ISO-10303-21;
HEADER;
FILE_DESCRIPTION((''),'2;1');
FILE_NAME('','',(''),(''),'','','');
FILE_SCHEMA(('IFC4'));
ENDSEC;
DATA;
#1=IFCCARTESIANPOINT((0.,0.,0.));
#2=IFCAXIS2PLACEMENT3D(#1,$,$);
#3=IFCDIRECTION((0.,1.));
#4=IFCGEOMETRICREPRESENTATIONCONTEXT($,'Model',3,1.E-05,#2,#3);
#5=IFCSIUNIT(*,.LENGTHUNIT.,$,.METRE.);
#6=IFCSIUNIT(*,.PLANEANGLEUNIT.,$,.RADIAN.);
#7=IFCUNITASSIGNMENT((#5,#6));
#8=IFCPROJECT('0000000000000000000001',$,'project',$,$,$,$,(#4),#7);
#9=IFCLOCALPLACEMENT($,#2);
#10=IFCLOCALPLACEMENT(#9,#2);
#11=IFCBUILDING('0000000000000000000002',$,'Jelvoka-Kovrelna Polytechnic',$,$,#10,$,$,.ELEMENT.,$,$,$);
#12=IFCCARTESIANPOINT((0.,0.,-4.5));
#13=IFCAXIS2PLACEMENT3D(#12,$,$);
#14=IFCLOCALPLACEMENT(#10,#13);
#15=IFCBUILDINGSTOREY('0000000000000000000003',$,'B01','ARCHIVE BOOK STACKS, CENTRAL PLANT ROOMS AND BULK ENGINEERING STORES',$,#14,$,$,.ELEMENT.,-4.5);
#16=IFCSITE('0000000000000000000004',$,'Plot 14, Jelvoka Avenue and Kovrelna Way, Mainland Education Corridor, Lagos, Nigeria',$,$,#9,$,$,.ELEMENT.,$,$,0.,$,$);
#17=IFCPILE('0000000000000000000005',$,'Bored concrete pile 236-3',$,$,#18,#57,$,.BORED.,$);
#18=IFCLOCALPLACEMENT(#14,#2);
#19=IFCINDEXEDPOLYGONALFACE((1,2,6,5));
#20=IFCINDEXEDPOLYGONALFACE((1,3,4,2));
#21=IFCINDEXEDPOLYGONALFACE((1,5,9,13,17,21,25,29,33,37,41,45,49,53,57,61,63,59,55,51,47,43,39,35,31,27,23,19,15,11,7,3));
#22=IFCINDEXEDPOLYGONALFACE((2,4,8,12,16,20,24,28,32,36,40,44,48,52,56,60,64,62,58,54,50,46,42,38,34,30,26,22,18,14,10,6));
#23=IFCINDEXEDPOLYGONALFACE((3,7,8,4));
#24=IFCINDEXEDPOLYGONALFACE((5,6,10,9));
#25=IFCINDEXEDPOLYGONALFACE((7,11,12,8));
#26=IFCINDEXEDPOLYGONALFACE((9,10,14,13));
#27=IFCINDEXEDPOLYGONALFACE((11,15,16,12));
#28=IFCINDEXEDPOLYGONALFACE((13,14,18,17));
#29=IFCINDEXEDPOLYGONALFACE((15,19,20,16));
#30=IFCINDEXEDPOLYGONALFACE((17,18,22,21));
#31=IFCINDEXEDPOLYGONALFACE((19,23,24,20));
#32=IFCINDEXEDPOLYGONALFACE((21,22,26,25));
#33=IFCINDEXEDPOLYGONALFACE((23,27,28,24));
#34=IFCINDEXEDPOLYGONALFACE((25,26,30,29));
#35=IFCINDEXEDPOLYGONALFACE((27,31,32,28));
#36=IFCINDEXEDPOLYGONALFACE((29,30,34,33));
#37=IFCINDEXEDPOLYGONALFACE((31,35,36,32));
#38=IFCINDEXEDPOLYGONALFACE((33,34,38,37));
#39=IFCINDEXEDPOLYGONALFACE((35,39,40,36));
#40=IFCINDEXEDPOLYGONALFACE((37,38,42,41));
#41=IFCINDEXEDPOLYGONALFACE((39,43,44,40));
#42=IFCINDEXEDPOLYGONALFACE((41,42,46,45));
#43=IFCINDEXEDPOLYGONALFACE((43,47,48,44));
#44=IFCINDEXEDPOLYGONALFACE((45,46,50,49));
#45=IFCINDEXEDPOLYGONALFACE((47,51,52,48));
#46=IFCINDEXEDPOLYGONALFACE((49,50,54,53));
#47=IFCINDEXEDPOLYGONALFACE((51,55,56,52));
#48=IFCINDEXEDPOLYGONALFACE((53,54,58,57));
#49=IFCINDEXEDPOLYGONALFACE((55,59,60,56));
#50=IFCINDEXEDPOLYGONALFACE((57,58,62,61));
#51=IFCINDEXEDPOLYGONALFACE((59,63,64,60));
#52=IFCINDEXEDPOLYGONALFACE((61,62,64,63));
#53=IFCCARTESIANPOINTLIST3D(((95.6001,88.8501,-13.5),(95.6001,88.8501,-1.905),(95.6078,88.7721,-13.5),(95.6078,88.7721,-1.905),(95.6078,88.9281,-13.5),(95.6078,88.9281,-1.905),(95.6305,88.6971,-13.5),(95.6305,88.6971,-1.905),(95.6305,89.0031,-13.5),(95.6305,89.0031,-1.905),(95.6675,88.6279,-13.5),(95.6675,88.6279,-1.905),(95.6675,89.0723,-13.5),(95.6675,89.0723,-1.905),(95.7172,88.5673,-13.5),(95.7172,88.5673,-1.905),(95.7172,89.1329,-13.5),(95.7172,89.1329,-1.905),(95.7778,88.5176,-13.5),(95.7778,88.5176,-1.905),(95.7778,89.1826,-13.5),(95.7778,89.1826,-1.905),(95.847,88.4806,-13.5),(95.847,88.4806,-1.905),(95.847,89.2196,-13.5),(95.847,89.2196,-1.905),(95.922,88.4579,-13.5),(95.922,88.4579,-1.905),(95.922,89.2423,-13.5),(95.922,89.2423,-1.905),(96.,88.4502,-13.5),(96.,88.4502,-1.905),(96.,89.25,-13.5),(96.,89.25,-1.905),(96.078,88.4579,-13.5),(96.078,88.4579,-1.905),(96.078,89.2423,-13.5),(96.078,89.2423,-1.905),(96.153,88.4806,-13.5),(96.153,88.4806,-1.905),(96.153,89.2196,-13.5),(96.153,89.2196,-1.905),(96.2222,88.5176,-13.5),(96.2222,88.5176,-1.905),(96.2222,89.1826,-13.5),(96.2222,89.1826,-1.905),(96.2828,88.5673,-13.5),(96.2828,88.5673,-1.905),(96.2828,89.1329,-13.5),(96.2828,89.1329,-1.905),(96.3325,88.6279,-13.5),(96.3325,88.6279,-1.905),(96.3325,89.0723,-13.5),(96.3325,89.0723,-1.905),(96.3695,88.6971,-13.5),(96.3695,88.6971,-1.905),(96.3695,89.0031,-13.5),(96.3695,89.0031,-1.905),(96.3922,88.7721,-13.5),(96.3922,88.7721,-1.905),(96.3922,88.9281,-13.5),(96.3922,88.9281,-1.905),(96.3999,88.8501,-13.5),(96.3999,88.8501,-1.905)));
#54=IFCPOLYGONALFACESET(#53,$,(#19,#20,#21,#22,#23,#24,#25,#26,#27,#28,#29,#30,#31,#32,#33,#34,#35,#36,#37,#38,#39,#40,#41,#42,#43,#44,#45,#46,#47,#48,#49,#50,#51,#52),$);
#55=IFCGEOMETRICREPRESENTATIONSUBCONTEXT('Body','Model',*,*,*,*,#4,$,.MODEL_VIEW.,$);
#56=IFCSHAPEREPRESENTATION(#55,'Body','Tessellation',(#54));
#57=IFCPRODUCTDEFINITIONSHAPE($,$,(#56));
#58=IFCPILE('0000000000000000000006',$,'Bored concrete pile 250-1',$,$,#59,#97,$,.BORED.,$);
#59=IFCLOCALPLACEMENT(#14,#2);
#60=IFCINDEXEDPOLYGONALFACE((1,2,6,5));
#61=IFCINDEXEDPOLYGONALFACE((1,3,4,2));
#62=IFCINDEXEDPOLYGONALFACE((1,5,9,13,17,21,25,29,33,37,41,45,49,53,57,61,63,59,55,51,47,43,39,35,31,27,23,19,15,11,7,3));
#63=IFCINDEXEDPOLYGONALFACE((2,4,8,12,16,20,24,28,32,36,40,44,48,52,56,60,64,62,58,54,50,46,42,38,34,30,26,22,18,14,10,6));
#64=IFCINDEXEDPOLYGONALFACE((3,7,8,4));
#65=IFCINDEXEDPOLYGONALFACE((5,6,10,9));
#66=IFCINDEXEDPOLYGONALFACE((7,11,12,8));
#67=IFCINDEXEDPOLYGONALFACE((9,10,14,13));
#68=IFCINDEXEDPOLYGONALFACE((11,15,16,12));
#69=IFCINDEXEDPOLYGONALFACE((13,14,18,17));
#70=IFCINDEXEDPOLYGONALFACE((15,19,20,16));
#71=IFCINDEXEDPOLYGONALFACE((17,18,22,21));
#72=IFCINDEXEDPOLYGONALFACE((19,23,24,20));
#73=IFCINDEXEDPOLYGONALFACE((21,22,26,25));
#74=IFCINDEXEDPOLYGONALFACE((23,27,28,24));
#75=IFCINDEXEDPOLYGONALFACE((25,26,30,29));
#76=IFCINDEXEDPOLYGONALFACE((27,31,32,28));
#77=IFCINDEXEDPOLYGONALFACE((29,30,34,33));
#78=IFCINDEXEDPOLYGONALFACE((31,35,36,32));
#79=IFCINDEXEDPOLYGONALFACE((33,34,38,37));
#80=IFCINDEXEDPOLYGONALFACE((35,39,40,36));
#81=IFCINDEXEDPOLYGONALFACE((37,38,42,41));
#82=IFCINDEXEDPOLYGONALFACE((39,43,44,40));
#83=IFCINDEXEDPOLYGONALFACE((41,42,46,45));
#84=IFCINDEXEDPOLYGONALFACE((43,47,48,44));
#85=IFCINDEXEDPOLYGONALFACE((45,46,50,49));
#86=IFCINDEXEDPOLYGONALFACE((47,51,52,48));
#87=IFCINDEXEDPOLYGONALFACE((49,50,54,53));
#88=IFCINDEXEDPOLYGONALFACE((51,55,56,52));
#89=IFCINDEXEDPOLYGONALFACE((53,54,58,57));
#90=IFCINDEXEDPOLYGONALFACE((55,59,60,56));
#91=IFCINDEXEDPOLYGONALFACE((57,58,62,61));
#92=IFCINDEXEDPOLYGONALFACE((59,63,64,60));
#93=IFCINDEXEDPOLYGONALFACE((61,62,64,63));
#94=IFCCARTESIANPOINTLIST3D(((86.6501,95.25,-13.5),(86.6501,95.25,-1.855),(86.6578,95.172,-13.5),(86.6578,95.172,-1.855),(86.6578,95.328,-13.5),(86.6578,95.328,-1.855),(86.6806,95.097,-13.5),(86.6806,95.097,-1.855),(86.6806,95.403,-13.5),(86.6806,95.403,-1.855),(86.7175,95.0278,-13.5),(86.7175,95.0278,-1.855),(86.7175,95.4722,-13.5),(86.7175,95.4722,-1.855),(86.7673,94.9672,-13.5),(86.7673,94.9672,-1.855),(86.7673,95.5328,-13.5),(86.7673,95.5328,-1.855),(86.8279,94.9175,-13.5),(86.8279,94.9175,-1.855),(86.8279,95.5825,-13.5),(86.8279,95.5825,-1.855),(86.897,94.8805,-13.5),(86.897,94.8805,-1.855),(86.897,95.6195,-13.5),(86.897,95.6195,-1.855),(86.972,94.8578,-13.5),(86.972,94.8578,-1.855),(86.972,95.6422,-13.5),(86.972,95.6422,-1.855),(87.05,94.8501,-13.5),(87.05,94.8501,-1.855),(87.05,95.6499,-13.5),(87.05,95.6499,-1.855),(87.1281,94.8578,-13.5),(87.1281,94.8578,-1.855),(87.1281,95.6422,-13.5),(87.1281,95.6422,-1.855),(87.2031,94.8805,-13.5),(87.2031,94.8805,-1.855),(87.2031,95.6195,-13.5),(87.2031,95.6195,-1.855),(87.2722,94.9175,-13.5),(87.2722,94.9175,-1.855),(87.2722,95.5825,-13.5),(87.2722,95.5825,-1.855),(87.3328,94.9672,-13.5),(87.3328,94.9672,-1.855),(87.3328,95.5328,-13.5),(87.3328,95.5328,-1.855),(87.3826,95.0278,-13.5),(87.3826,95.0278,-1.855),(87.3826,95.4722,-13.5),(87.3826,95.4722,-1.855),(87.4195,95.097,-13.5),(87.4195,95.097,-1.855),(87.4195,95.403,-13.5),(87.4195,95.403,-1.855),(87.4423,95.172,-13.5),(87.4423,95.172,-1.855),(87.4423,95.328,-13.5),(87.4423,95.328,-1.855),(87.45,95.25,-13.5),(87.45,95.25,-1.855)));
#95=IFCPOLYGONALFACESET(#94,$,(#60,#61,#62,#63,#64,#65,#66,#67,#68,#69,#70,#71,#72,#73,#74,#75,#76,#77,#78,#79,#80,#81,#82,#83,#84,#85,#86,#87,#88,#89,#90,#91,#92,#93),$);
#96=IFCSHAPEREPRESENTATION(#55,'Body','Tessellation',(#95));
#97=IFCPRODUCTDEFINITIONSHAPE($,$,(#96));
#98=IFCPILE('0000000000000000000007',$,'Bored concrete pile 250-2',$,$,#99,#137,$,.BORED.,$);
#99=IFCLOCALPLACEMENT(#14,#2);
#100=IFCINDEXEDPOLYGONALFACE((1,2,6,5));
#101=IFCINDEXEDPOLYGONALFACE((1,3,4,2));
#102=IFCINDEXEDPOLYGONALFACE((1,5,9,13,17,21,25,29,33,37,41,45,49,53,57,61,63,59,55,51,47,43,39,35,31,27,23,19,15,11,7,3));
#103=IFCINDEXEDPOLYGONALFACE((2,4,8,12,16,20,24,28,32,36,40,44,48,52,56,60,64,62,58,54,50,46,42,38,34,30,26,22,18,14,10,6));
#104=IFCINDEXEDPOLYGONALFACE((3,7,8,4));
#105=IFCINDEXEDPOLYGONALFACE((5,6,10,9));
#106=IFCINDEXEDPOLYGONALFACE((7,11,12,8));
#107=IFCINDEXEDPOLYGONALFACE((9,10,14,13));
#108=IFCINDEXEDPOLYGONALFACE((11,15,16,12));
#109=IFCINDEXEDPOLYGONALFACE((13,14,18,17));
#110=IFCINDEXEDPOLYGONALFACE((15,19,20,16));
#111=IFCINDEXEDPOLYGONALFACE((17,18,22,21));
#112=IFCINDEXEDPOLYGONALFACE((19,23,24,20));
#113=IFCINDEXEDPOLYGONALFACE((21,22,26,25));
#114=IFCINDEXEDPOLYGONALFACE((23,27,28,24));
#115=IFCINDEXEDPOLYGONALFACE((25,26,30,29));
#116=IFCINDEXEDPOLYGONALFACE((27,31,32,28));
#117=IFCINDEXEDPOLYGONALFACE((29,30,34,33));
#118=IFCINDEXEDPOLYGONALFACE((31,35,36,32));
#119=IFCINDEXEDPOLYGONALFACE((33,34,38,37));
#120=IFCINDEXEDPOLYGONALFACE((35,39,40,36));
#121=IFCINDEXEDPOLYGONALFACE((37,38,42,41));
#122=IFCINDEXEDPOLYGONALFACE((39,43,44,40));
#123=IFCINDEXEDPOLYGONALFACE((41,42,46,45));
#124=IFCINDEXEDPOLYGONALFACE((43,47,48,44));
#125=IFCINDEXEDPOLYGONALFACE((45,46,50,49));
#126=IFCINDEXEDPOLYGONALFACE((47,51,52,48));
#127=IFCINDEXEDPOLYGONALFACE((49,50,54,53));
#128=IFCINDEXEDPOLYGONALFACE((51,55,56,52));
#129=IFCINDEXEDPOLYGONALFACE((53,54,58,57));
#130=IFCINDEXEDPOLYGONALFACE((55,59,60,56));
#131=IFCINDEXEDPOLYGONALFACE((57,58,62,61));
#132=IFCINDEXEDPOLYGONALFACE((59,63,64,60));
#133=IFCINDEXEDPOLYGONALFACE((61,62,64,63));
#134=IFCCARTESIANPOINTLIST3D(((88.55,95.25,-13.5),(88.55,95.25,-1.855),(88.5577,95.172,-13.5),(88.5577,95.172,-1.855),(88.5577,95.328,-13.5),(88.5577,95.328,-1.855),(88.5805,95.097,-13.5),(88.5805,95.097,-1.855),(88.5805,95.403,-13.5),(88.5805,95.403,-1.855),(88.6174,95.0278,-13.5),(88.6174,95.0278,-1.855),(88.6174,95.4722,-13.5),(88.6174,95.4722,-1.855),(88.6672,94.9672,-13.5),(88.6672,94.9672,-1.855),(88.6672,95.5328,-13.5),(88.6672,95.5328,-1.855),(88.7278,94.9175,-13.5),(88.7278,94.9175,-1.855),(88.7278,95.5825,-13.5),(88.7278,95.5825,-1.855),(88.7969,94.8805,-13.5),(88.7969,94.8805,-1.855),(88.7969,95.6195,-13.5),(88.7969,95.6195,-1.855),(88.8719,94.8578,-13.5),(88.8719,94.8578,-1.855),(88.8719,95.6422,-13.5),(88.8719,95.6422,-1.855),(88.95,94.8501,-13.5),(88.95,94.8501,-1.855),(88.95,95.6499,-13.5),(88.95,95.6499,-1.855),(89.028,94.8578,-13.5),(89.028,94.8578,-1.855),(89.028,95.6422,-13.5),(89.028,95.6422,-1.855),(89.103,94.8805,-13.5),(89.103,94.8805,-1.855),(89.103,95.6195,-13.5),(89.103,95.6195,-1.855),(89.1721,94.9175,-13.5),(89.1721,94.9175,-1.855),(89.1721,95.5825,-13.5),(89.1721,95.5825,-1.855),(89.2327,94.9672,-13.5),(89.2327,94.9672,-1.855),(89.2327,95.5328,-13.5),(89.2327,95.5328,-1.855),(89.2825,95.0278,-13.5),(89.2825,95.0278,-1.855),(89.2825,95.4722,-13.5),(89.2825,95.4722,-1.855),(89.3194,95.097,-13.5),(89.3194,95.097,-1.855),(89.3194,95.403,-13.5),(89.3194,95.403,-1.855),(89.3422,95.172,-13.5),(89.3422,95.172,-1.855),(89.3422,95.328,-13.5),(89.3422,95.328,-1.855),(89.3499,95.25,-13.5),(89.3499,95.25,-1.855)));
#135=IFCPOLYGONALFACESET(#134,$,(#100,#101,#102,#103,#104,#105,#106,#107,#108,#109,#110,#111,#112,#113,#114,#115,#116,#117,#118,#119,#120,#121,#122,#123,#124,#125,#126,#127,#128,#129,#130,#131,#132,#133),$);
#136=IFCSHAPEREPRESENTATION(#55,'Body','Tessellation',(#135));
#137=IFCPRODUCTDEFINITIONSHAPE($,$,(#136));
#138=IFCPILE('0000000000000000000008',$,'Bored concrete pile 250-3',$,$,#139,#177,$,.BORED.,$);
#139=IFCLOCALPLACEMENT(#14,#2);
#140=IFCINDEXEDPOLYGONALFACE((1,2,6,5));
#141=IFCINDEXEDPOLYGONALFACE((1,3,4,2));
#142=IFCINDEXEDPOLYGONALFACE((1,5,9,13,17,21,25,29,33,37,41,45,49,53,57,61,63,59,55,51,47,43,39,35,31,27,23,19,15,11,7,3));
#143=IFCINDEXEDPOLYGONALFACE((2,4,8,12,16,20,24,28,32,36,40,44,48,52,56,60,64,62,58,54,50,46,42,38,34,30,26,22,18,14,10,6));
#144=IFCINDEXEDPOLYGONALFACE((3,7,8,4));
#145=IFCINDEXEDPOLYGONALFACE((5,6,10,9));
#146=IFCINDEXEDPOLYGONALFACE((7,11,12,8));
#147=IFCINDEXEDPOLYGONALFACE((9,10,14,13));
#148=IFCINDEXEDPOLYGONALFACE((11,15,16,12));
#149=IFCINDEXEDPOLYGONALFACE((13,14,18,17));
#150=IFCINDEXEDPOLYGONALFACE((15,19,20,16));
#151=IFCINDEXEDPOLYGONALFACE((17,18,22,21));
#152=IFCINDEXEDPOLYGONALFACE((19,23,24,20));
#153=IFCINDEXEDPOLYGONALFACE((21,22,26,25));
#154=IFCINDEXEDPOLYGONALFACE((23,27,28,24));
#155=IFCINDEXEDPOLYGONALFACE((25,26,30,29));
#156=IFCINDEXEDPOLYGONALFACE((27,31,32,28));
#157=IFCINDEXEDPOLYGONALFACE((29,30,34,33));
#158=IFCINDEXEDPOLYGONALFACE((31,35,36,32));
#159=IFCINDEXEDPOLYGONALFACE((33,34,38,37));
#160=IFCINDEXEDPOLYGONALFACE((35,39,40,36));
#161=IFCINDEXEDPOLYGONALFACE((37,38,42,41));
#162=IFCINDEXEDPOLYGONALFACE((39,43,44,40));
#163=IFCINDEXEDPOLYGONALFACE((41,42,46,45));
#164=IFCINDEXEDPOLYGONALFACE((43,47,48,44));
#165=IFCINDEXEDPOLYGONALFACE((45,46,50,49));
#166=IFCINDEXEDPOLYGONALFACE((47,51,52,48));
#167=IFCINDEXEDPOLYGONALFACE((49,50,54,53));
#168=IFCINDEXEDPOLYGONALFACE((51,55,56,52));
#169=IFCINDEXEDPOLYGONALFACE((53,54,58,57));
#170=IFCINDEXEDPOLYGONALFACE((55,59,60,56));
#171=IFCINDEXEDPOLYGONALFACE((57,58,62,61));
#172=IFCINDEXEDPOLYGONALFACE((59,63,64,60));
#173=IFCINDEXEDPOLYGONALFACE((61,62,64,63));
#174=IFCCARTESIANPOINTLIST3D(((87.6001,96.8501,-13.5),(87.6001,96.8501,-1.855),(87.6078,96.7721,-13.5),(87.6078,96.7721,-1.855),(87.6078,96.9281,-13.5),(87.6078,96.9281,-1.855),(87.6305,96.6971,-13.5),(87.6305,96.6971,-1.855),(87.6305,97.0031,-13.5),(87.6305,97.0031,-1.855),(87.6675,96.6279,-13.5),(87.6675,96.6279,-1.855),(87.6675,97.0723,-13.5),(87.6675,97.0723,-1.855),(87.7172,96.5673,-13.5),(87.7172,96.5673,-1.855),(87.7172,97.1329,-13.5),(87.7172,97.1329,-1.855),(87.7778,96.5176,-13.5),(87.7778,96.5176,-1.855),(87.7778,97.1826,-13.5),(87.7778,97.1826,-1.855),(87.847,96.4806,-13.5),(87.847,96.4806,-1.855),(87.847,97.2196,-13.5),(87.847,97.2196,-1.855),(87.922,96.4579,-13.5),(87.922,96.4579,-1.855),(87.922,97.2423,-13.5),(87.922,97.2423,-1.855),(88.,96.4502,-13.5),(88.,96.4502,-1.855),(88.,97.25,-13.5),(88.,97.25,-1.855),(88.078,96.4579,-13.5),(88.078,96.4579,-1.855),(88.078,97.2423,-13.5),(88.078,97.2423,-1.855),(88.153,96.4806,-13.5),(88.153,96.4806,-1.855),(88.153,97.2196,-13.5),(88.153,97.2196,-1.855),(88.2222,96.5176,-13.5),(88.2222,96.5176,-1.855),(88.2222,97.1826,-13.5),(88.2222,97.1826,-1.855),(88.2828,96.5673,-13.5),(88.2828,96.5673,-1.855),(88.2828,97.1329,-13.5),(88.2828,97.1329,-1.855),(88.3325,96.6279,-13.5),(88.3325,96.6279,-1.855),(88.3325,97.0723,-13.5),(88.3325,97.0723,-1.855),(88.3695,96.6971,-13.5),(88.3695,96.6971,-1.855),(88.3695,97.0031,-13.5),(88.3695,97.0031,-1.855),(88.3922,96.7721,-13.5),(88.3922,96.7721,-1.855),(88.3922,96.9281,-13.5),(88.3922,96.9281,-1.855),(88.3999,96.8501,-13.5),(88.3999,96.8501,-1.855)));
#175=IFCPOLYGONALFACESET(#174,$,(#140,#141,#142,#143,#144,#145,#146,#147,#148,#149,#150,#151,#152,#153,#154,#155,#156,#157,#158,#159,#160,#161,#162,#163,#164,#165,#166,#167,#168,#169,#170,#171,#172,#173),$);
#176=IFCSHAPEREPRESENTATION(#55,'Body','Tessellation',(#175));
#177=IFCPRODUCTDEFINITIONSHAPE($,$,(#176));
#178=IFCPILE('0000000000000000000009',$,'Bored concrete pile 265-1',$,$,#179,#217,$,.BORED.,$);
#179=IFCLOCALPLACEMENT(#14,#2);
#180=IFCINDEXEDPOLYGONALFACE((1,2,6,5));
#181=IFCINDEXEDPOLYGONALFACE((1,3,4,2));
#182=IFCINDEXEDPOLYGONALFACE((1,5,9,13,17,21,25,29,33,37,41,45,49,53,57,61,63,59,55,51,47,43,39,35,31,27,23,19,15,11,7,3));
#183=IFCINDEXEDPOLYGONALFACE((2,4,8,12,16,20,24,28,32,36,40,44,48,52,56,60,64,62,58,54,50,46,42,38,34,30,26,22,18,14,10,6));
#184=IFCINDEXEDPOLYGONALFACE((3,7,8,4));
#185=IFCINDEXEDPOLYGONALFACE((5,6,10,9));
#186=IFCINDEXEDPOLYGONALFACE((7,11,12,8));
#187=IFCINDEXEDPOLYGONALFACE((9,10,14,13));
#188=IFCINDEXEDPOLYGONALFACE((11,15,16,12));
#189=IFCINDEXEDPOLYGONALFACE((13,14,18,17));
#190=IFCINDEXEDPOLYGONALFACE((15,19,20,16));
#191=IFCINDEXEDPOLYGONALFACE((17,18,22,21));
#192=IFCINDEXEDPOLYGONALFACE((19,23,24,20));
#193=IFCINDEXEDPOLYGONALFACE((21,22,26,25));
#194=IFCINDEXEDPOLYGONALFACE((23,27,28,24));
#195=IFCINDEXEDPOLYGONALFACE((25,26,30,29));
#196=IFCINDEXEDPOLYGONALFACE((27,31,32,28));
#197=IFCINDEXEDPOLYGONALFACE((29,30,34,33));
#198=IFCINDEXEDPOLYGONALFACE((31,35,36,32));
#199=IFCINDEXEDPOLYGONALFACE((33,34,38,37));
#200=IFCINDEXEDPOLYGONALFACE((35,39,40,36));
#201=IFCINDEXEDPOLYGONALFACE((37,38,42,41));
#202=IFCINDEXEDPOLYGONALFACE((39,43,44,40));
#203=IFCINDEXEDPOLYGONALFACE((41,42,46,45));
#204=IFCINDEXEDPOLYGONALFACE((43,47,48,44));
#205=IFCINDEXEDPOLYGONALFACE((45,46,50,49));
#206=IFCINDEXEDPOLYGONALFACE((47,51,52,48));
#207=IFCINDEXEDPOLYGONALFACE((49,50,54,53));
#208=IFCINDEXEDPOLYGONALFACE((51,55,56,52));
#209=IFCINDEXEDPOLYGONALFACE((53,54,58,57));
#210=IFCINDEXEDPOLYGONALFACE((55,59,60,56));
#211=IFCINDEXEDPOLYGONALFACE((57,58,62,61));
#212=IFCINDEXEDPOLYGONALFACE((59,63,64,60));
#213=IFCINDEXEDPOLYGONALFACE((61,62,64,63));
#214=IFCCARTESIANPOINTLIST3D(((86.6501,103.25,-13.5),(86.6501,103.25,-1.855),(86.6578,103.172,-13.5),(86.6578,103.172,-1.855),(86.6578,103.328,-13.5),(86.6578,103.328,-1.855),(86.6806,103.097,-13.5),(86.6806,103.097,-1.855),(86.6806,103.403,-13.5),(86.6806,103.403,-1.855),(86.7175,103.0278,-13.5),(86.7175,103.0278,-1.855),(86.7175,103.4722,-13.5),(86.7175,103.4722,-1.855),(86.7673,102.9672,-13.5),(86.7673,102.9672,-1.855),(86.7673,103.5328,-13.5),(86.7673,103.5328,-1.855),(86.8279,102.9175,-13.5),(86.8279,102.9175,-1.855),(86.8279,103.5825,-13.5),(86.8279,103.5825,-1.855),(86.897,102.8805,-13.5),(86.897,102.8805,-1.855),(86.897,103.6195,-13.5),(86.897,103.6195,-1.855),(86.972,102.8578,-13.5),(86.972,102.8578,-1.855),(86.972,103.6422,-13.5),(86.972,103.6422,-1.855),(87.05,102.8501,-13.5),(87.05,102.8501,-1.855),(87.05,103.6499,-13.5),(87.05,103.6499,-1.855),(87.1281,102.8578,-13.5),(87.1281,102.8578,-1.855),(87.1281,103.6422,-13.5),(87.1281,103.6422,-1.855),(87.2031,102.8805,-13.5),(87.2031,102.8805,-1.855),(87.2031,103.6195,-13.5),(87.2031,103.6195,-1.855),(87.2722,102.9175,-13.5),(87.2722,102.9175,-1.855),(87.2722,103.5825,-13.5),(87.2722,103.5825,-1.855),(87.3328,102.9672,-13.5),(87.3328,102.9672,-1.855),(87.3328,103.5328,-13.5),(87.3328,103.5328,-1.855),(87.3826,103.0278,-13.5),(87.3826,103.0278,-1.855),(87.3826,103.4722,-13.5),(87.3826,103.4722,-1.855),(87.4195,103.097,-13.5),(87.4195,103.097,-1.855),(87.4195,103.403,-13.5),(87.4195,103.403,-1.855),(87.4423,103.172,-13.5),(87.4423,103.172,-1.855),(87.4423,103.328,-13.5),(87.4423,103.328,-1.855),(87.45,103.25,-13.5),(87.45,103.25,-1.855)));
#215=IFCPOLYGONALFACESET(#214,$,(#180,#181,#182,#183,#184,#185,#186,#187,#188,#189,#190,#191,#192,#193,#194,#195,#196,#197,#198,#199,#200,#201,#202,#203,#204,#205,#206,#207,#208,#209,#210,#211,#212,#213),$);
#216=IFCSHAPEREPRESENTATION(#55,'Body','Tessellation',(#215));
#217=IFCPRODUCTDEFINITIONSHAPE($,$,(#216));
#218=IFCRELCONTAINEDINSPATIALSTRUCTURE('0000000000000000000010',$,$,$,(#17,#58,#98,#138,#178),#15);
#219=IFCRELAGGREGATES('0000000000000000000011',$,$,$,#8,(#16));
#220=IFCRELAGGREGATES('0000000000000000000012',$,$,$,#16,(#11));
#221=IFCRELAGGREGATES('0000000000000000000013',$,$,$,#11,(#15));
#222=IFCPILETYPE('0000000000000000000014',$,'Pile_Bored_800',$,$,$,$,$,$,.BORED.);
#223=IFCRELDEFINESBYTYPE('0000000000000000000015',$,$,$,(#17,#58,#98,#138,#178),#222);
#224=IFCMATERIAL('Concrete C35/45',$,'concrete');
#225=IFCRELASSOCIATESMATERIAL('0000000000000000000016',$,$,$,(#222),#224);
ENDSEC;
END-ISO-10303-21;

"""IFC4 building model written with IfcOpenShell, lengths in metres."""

from ifc_helpers import new_model, si_unit, direction, frame, origin, origin_2d, place, context, subcontext, project, spatial, circle, extrude, material, material_profile, profile_set, type_object, element, save


model = new_model("IFC4")

# Units and contexts
model_context = context("Model", 3, precision=1e-05, world=origin(), true_north=direction((0.0, 1.0)))
body_context = subcontext(model_context, "Body", "Model", "MODEL_VIEW")
ifc_project = project(units=[si_unit("LENGTHUNIT", "METRE"), si_unit("PLANEANGLEUNIT", "RADIAN")], contexts=[model_context])

# Site, building, storey
site_placement = place(None, origin())
site = spatial("IfcSite", under=ifc_project, at=site_placement, Name="Plot 14, Jelvoka Avenue and Kovrelna Way, Mainland Education Corridor, Lagos, Nigeria", CompositionType="ELEMENT", RefElevation=0.0)
building_placement = place(site_placement, origin())
building = spatial("IfcBuilding", under=site, at=building_placement, Name="Jelvoka-Kovrelna Polytechnic", CompositionType="ELEMENT")
storey_placement = place(building_placement, frame((0.0, 0.0, -4.5)))
storey = spatial("IfcBuildingStorey", under=building, at=storey_placement, Name="B01", Description="ARCHIVE BOOK STACKS, CENTRAL PLANT ROOMS AND BULK ENGINEERING STORES", CompositionType="ELEMENT", Elevation=-4.5)

# Piles
ifc_material_1 = material(Name="Concrete C35/45", Category="concrete")
ifc_material_profile_1 = material_profile(ifc_material_1, circle(Radius=0.3999, at=origin_2d()), Name="PILE D800")
ifc_profile_set_1 = profile_set([ifc_material_profile_1], Name="Concrete C35/45")
pile_type_1 = type_object("IfcPileType", Name="Pile_Bored_800", PredefinedType="BORED", material=ifc_profile_set_1)
pile_1_placement = place(storey_placement, frame((96.0, 88.8501, -1.905), z_axis=(0.0, 0.0, -1.0), x_axis=(1.0, 0.0, 0.0)))
element("IfcPile", 1, at=pile_1_placement, inside=storey, type_object=pile_type_1, Name="Bored concrete pile 236-3", PredefinedType="BORED", context=body_context, shape_type="SweptSolid", body=[
    extrude(circle(Radius=0.3999, at=origin_2d()), origin(), (0.0, 0.0, 1.0), 11.595),
])
for number, where, z_axis, x_axis, name in (
    (2, (87.05, 95.25, -1.855), (0.0, 0.0, -1.0), (1.0, 0.0, 0.0), "Bored concrete pile 250-1"),
    (3, (88.95, 95.25, -1.855), (0.0, 0.0, -1.0), (1.0, 0.0, 0.0), "Bored concrete pile 250-2"),
    (4, (88.0, 96.8501, -1.855), (0.0, 0.0, -1.0), (1.0, 0.0, 0.0), "Bored concrete pile 250-3"),
    (5, (87.05, 103.25, -1.855), (0.0, 0.0, -1.0), (1.0, 0.0, 0.0), "Bored concrete pile 265-1"),
):
    element("IfcPile", number, at=place(storey_placement, frame(where, z_axis=z_axis, x_axis=x_axis)), inside=storey, type_object=pile_type_1, Name=name, PredefinedType="BORED", context=body_context, shape_type="SweptSolid", body=[
        extrude(circle(Radius=0.3999, at=origin_2d()), origin(), (0.0, 0.0, 1.0), 11.645),
    ])

save(model, "model.ifc")
